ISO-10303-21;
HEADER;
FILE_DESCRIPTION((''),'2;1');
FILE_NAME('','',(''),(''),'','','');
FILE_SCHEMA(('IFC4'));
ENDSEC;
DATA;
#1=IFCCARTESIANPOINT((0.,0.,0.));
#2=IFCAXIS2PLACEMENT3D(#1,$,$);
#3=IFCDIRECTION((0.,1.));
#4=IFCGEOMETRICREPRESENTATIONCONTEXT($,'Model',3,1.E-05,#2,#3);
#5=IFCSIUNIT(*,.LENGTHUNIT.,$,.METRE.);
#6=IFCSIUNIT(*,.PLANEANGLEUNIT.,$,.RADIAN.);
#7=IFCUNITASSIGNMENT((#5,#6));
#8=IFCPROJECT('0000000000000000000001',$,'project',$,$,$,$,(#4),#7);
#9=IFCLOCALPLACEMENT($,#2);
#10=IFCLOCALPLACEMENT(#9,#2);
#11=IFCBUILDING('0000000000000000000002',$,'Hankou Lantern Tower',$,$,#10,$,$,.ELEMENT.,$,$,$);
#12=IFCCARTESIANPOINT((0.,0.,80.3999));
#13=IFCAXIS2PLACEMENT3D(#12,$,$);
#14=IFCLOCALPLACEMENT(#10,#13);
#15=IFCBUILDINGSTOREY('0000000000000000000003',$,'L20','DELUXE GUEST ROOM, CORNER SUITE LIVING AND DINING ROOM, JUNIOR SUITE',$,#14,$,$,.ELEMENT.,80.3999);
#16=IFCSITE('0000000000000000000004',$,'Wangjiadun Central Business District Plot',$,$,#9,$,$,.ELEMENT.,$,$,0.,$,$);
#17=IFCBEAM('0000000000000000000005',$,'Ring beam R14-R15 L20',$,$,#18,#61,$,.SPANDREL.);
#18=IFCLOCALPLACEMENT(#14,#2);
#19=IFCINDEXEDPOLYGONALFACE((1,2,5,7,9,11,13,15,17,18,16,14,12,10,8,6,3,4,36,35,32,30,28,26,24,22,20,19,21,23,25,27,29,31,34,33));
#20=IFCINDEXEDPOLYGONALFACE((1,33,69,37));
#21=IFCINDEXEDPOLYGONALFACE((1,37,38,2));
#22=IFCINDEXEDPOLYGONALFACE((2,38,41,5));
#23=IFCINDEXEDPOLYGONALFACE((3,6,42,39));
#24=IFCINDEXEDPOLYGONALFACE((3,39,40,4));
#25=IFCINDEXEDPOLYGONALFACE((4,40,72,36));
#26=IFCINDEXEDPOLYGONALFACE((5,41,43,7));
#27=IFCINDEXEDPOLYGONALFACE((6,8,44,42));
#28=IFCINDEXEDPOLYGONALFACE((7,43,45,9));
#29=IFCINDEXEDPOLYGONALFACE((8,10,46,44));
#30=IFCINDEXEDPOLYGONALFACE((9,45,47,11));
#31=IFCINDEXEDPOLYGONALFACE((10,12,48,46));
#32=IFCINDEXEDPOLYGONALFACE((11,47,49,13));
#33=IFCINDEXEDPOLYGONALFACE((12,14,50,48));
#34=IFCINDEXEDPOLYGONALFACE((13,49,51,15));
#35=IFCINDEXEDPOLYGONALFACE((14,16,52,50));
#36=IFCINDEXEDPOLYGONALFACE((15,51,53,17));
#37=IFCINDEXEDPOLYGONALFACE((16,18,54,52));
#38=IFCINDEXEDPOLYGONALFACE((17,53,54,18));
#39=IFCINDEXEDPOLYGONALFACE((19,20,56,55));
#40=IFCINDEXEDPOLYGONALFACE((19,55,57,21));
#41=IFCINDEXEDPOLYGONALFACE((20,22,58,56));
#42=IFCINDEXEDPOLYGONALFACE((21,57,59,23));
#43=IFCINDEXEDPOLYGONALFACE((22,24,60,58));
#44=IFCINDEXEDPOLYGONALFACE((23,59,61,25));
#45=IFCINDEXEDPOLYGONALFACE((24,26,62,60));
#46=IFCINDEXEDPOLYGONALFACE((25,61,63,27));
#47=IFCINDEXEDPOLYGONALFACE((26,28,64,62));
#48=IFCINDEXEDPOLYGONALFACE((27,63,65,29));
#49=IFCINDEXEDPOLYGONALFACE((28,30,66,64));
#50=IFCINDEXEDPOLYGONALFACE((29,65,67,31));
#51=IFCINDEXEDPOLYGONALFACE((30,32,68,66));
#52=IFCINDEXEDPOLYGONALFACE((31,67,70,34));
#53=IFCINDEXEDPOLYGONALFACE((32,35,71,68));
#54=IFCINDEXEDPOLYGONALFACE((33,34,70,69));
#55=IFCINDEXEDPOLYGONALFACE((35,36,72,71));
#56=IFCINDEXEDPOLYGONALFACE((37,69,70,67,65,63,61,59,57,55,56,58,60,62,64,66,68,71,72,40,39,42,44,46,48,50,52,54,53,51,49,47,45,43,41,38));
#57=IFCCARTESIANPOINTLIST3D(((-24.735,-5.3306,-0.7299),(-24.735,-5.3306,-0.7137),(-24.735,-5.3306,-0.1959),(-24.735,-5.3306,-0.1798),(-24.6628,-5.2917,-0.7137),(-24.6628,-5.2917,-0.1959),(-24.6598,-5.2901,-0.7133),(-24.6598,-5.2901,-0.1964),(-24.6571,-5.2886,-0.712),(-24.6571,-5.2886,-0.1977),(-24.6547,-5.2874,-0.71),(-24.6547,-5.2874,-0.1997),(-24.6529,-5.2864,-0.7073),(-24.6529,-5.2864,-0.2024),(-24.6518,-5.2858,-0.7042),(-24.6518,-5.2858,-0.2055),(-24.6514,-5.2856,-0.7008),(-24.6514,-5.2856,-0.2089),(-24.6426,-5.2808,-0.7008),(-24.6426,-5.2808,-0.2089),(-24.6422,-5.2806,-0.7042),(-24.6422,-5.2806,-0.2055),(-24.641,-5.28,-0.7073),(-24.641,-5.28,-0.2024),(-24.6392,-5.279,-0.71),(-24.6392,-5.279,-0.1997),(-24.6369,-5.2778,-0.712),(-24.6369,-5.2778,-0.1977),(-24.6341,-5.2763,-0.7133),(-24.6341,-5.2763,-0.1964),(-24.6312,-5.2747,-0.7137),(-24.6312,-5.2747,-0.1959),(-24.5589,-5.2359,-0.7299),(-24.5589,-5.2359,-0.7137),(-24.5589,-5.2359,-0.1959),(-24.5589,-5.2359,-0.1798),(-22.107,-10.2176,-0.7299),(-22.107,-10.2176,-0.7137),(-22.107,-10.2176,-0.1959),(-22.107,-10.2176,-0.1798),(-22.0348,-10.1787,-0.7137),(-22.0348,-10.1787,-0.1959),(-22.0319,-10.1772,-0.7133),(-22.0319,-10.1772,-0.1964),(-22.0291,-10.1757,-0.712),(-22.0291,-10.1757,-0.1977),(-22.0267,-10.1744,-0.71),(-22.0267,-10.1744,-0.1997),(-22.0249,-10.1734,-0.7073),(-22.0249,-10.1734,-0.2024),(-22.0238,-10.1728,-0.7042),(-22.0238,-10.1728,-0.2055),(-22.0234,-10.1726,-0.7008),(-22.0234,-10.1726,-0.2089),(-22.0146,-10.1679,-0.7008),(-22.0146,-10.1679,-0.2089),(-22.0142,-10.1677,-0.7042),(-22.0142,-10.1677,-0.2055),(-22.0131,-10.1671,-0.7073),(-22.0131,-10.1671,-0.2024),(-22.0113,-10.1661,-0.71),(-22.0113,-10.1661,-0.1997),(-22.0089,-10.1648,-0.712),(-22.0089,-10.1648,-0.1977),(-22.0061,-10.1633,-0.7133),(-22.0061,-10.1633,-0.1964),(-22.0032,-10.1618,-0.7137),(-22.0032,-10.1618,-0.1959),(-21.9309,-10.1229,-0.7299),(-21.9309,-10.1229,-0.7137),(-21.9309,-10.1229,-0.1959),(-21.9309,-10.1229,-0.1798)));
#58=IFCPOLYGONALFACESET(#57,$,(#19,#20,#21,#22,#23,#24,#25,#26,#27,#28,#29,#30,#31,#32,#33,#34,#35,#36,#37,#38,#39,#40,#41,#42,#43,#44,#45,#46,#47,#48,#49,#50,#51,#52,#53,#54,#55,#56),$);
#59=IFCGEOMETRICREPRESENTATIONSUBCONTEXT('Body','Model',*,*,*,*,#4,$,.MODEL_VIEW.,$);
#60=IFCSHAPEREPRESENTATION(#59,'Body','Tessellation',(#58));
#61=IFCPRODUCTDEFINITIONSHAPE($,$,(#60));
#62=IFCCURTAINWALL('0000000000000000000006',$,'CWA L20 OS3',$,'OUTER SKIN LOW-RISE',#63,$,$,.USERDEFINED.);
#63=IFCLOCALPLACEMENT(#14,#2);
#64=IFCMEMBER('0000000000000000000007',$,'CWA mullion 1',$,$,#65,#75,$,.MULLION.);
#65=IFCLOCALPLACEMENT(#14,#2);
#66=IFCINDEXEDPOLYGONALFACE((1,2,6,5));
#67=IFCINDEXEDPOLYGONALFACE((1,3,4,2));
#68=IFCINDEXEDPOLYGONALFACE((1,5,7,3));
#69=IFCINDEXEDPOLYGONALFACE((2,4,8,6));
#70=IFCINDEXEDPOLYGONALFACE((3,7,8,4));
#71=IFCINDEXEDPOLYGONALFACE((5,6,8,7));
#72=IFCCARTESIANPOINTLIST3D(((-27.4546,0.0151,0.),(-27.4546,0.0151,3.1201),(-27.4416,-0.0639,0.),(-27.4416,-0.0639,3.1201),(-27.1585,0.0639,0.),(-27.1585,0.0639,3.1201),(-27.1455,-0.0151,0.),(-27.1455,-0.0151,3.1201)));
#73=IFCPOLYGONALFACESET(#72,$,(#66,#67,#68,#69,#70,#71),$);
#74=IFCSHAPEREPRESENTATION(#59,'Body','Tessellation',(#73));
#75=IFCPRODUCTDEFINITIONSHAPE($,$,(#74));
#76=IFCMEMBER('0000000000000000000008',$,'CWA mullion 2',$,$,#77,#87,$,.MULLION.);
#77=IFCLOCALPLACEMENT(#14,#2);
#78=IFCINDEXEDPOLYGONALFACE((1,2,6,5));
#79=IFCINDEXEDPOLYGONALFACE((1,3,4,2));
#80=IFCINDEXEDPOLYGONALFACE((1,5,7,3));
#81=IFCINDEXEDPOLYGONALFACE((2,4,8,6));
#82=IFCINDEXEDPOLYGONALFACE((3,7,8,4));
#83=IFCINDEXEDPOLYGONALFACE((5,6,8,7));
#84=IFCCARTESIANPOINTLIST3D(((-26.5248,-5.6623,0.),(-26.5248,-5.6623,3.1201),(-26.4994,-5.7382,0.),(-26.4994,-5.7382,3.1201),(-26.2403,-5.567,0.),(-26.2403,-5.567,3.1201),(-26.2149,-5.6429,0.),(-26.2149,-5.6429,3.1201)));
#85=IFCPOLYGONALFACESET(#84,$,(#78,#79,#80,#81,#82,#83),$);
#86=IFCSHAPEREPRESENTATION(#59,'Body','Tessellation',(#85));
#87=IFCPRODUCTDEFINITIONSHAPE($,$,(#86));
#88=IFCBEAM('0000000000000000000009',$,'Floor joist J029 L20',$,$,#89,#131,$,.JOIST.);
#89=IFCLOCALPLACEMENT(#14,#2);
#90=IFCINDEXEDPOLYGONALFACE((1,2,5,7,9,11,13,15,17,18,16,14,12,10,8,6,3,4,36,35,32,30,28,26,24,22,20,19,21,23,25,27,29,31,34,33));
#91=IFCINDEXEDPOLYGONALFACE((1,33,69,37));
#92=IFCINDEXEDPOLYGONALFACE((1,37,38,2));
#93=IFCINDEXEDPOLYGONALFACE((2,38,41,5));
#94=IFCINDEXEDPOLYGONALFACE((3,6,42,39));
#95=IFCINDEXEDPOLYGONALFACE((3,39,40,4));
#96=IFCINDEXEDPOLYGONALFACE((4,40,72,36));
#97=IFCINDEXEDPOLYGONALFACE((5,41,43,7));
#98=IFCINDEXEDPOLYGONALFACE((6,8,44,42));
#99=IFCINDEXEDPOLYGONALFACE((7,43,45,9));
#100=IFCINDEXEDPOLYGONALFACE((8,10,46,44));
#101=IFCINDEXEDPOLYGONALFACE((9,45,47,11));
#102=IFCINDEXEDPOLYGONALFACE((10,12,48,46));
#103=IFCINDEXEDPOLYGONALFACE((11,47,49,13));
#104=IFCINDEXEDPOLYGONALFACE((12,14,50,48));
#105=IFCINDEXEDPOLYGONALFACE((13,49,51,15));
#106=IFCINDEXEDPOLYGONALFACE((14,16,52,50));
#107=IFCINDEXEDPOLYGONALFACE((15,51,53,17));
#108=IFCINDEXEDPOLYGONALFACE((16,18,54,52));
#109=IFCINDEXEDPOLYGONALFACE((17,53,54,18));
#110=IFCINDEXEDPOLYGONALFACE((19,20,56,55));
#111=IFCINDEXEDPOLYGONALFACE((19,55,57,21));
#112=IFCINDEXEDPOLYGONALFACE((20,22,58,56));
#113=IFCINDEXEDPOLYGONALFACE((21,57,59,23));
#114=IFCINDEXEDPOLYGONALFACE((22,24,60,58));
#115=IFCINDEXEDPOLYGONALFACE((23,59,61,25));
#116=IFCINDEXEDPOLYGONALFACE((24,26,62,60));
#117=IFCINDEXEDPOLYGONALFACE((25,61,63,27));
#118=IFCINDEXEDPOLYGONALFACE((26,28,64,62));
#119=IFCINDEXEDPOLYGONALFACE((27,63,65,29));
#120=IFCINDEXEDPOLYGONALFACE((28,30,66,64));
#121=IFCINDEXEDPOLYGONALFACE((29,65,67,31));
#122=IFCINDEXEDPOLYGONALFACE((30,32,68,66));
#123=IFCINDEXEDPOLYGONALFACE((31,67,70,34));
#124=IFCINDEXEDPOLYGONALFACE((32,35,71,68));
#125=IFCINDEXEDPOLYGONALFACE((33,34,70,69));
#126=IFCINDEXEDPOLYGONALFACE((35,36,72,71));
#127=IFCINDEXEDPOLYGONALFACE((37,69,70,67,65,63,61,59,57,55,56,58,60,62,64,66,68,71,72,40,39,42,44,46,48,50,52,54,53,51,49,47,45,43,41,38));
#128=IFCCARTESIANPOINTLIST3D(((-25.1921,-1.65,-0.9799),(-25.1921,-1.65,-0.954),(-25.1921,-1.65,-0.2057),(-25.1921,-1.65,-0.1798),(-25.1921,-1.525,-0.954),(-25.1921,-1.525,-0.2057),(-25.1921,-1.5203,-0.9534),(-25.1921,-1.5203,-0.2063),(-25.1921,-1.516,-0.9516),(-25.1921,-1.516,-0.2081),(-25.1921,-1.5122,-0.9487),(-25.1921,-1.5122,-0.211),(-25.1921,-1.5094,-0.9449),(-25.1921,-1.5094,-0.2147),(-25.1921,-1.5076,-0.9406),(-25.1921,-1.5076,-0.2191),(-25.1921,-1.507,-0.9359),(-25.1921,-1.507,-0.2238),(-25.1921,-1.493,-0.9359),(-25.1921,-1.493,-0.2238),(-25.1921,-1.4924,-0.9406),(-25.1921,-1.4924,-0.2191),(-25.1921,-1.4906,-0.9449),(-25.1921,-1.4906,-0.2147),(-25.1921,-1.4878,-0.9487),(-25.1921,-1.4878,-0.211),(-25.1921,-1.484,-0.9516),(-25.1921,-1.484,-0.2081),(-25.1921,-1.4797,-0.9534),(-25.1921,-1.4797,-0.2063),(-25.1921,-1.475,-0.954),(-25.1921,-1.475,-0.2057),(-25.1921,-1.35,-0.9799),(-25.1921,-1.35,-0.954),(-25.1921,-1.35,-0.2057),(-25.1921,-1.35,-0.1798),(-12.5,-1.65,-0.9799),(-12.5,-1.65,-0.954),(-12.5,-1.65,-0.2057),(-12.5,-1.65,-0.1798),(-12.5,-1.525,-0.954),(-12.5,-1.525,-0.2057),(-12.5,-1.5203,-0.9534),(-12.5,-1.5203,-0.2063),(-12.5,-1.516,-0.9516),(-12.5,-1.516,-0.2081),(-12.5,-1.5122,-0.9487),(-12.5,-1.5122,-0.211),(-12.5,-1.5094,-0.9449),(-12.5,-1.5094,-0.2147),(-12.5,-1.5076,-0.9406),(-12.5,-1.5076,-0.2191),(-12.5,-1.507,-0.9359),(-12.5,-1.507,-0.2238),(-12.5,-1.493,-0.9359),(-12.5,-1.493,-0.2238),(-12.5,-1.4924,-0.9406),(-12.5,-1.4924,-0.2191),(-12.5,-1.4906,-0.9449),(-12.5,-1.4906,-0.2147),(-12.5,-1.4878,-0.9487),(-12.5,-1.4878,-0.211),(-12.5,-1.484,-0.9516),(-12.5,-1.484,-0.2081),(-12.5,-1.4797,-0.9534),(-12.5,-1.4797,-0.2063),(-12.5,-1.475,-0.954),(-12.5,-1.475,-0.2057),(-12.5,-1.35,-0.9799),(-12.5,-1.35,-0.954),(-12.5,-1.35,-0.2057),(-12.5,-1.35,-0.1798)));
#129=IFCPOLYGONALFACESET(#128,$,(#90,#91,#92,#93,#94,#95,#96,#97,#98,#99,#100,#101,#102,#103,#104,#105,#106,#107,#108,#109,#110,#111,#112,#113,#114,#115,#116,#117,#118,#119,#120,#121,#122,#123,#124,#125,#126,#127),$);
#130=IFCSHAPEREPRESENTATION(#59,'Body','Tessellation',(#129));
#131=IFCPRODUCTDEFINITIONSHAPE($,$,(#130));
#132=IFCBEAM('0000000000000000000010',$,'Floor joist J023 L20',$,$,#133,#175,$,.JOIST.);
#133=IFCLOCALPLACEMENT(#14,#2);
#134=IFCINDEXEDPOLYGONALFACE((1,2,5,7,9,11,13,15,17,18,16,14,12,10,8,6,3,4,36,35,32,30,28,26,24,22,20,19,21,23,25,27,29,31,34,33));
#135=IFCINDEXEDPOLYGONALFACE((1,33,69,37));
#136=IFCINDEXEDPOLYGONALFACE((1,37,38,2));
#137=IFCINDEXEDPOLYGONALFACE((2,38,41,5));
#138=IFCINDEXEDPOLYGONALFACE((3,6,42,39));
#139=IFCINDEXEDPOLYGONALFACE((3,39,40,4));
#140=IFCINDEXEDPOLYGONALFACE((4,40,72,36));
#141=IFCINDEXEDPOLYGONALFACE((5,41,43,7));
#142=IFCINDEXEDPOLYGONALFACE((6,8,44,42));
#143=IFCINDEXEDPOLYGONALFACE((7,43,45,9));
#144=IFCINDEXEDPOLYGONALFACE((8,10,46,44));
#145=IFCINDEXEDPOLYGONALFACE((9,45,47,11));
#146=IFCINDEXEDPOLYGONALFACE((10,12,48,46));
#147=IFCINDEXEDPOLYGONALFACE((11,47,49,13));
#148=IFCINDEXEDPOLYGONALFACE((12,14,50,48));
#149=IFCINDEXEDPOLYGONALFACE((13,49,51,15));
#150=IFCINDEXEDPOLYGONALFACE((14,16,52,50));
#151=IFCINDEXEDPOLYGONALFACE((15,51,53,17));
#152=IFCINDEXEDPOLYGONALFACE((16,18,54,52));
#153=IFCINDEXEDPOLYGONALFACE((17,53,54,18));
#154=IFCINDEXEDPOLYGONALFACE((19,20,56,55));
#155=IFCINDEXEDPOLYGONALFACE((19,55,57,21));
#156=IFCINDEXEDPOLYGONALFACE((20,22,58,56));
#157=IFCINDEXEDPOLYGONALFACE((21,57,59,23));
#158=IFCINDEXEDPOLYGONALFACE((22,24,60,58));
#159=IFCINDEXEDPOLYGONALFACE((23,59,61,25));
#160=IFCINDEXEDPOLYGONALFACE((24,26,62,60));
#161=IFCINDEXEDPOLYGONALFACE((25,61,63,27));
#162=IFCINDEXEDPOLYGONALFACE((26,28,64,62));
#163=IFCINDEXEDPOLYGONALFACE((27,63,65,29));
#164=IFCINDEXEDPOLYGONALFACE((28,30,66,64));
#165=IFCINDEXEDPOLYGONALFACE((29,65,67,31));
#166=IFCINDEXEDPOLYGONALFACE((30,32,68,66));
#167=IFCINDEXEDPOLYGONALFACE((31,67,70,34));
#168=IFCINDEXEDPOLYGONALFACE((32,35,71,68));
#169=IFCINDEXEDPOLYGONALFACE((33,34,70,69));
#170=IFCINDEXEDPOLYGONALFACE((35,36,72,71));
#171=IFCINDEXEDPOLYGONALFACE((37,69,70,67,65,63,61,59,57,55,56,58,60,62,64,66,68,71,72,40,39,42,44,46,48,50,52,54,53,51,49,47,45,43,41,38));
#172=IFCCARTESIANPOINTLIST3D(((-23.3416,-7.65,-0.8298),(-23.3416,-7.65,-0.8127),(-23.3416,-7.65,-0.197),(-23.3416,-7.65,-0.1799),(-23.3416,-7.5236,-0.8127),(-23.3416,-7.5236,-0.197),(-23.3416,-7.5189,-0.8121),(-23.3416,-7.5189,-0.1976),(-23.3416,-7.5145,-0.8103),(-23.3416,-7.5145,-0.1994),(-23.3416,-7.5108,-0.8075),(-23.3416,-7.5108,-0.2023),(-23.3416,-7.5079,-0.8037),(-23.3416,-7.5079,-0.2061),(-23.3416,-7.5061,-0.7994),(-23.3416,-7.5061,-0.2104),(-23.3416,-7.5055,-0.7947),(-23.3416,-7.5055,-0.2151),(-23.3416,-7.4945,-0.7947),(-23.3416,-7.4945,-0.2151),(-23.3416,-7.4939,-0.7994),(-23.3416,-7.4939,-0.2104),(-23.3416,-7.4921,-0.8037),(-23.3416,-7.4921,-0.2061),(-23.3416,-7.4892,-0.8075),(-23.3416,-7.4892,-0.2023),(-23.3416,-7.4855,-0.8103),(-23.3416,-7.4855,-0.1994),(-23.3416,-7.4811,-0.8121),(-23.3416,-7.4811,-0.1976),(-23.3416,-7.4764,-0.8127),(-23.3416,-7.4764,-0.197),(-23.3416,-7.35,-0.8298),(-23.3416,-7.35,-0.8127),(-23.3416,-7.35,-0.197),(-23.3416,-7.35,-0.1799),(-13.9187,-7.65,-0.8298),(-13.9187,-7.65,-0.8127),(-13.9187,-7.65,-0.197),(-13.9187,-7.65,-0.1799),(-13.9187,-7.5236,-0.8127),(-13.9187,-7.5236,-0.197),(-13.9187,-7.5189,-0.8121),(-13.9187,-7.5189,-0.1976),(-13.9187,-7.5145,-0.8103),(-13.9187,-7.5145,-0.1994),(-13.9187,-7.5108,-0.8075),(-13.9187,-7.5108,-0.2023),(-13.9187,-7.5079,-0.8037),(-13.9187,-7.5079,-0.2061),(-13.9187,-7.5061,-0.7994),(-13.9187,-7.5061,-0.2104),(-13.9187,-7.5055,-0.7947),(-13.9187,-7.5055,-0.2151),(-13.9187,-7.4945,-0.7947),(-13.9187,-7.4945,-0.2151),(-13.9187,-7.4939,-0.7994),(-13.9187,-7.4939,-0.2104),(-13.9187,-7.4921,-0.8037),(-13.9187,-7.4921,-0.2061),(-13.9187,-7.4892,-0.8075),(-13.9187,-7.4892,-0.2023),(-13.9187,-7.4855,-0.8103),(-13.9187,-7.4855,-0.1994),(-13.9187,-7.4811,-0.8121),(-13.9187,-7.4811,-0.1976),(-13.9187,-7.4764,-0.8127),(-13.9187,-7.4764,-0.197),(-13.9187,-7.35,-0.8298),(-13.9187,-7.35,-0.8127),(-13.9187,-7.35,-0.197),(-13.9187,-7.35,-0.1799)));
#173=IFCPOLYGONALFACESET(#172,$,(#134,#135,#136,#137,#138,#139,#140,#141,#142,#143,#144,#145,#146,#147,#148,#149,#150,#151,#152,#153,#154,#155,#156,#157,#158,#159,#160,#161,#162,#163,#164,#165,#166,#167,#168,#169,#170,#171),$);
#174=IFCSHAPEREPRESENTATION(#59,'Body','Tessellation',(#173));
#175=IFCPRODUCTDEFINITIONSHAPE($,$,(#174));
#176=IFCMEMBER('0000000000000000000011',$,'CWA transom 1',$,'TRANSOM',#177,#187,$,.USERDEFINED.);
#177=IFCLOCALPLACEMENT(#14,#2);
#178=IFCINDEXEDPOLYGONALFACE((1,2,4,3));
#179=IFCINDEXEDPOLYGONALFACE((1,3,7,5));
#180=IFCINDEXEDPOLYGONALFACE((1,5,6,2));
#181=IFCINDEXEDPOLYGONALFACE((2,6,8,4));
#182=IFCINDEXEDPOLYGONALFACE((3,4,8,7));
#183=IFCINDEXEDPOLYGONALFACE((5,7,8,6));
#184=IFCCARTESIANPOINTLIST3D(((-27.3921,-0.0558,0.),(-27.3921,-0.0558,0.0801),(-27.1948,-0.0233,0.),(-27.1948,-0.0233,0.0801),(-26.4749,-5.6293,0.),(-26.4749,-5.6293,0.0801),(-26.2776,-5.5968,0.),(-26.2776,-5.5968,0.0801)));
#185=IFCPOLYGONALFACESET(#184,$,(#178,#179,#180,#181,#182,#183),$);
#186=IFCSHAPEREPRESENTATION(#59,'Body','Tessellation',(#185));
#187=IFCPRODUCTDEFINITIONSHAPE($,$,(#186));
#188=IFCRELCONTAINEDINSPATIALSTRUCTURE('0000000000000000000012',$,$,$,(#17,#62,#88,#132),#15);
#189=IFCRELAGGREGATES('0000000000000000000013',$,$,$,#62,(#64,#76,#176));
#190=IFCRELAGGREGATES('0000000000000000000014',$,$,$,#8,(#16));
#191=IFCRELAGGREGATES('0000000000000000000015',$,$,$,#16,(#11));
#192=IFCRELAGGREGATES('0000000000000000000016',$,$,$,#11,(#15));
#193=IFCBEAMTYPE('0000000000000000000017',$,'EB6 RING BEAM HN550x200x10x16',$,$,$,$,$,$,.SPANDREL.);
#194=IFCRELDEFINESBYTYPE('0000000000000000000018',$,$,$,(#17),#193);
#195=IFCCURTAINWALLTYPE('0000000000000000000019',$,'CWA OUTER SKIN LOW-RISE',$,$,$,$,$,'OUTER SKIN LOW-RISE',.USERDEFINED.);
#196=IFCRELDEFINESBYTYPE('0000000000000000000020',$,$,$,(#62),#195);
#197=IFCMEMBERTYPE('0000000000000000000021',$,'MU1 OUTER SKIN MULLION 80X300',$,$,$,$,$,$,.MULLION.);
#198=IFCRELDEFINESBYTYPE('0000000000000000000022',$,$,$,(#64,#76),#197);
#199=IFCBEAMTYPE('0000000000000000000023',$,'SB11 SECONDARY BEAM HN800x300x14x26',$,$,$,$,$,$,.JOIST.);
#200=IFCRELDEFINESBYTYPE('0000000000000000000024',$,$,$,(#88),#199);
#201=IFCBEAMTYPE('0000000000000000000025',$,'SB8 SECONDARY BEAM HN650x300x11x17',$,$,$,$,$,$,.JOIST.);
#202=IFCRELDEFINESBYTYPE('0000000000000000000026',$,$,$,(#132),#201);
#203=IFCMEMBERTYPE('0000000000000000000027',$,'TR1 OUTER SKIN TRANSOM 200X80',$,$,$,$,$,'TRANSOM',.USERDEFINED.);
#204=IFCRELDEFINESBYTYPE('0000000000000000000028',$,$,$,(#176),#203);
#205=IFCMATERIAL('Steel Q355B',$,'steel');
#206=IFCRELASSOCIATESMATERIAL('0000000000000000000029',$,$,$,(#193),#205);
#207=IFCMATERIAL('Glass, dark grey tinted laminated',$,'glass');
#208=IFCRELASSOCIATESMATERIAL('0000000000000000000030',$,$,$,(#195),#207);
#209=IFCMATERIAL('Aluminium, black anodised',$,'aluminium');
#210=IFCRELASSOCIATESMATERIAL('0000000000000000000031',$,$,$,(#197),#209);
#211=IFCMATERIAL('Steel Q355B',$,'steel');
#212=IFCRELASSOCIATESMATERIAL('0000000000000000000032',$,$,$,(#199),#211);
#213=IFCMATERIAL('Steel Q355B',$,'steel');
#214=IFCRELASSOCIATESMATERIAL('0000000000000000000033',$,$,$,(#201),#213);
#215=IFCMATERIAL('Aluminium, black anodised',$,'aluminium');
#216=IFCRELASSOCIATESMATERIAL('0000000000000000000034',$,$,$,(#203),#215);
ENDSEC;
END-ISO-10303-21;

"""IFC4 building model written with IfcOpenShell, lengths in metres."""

from ifc_helpers import new_model, si_unit, direction, frame, origin, origin_2d, place, context, subcontext, project, spatial, rectangle, i_section, extrude, material, material_profile, profile_set, type_object, element, aggregate, save


model = new_model("IFC4")

# Units and contexts
model_context = context("Model", 3, precision=1e-05, world=origin(), true_north=direction((0.0, 1.0)))
body_context = subcontext(model_context, "Body", "Model", "MODEL_VIEW")
ifc_project = project(units=[si_unit("LENGTHUNIT", "METRE"), si_unit("PLANEANGLEUNIT", "RADIAN")], contexts=[model_context])

# Site, building, storey
site_placement = place(None, origin())
site = spatial("IfcSite", under=ifc_project, at=site_placement, Name="Wangjiadun Central Business District Plot", CompositionType="ELEMENT", RefElevation=0.0)
building_placement = place(site_placement, origin())
building = spatial("IfcBuilding", under=site, at=building_placement, Name="Hankou Lantern Tower", CompositionType="ELEMENT")
storey_placement = place(building_placement, frame((0.0, 0.0, 80.3999)))
storey = spatial("IfcBuildingStorey", under=building, at=storey_placement, Name="L20", Description="DELUXE GUEST ROOM, CORNER SUITE LIVING AND DINING ROOM, JUNIOR SUITE", CompositionType="ELEMENT", Elevation=80.3999)

# Beam
ifc_material_1 = material(Name="Steel Q355B", Category="steel")
ifc_material_profile_1 = material_profile(ifc_material_1, i_section(OverallWidth=0.2, OverallDepth=0.55, WebThickness=0.01, FlangeThickness=0.0161, FilletRadius=0.0129, at=origin_2d()), Name="HN550x200x10x16")
ifc_profile_set_1 = profile_set([ifc_material_profile_1], Name="Steel Q355B")
beam_type_1 = type_object("IfcBeamType", Name="EB6 RING BEAM HN550x200x10x16", PredefinedType="SPANDREL", material=ifc_profile_set_1)
beam_1_placement = place(storey_placement, frame((-24.647, -5.2832, -0.4548), z_axis=(0.473609, -0.880735, 0.0), x_axis=(0.880735, 0.473609, 0.0)))
element("IfcBeam", 1, at=beam_1_placement, inside=storey, type_object=beam_type_1, Name="Ring beam R14-R15 L20", PredefinedType="SPANDREL", context=body_context, shape_type="SweptSolid", body=[
    extrude(i_section(OverallWidth=0.2, OverallDepth=0.55, WebThickness=0.01, FlangeThickness=0.0161, FilletRadius=0.0129, at=origin_2d()), origin(), (0.0, 0.0, 1.0), 5.5488),
])

# Curtain wall, members
ifc_material_2 = material(Name="Glass, dark grey tinted laminated", Category="glass")
curtain_wall_type = type_object("IfcCurtainWallType", Name="CWA OUTER SKIN LOW-RISE", ElementType="OUTER SKIN LOW-RISE", PredefinedType="USERDEFINED", material=ifc_material_2)
curtain_wall_placement = place(storey_placement, origin())
curtain_wall = element("IfcCurtainWall", 2, at=curtain_wall_placement, inside=storey, type_object=curtain_wall_type, Name="CWA L20 OS3", ObjectType="OUTER SKIN LOW-RISE", PredefinedType="USERDEFINED")
ifc_material_3 = material(Name="Aluminium, black anodised", Category="aluminium")
ifc_material_profile_2 = material_profile(ifc_material_3, rectangle(XDim=0.0801, YDim=0.3, at=origin_2d()), Name="MU1 80X300")
ifc_profile_set_2 = profile_set([ifc_material_profile_2], Name="Aluminium, black anodised")
member_type_1 = type_object("IfcMemberType", Name="MU1 OUTER SKIN MULLION 80X300", PredefinedType="MULLION", material=ifc_profile_set_2)
member_1_placement = place(storey_placement, frame((-27.3, 0.0, 0.0), z_axis=(0.0, 0.0, 1.0), x_axis=(0.162382, -0.986728, 0.0)))
member_1 = element("IfcMember", 3, at=member_1_placement, type_object=member_type_1, Name="CWA mullion 1", PredefinedType="MULLION", context=body_context, shape_type="SweptSolid", body=[
    extrude(rectangle(XDim=0.0801, YDim=0.3, at=origin_2d()), origin(), (0.0, 0.0, 1.0), 3.1201),
])
member_2_placement = place(storey_placement, frame((-26.3699, -5.6526, 0.0), z_axis=(0.0, 0.0, 1.0), x_axis=(0.317596, -0.948226, 0.0)))
member_2 = element("IfcMember", 4, at=member_2_placement, type_object=member_type_1, Name="CWA mullion 2", PredefinedType="MULLION", context=body_context, shape_type="SweptSolid", body=[
    extrude(rectangle(XDim=0.0801, YDim=0.3, at=origin_2d()), origin(), (0.0, 0.0, 1.0), 3.1201),
])

# Beams
ifc_material_4 = material(Name="Steel Q355B", Category="steel")
ifc_material_profile_3 = material_profile(ifc_material_4, i_section(OverallWidth=0.3, OverallDepth=0.8, WebThickness=0.0139, FlangeThickness=0.0259, FilletRadius=0.0181, at=origin_2d()), Name="HN800x300x14x26")
ifc_profile_set_3 = profile_set([ifc_material_profile_3], Name="Steel Q355B")
beam_type_2 = type_object("IfcBeamType", Name="SB11 SECONDARY BEAM HN800x300x14x26", PredefinedType="JOIST", material=ifc_profile_set_3)
beam_2_placement = place(storey_placement, frame((-25.1921, -1.5, -0.5798), z_axis=(1.0, 0.0, 0.0), x_axis=(0.0, 1.0, 0.0)))
element("IfcBeam", 5, at=beam_2_placement, inside=storey, type_object=beam_type_2, Name="Floor joist J029 L20", PredefinedType="JOIST", context=body_context, shape_type="SweptSolid", body=[
    extrude(i_section(OverallWidth=0.3, OverallDepth=0.8, WebThickness=0.0139, FlangeThickness=0.0259, FilletRadius=0.0181, at=origin_2d()), origin(), (0.0, 0.0, 1.0), 12.6921),
])
ifc_material_5 = material(Name="Steel Q355B", Category="steel")
ifc_material_profile_4 = material_profile(ifc_material_5, i_section(OverallWidth=0.3, OverallDepth=0.6499, WebThickness=0.011, FlangeThickness=0.0171, FilletRadius=0.0181, at=origin_2d()), Name="HN650x300x11x17")
ifc_profile_set_4 = profile_set([ifc_material_profile_4], Name="Steel Q355B")
beam_type_3 = type_object("IfcBeamType", Name="SB8 SECONDARY BEAM HN650x300x11x17", PredefinedType="JOIST", material=ifc_profile_set_4)
beam_3_placement = place(storey_placement, frame((-23.3416, -7.5, -0.5049), z_axis=(1.0, 0.0, 0.0), x_axis=(0.0, 1.0, 0.0)))
element("IfcBeam", 6, at=beam_3_placement, inside=storey, type_object=beam_type_3, Name="Floor joist J023 L20", PredefinedType="JOIST", context=body_context, shape_type="SweptSolid", body=[
    extrude(i_section(OverallWidth=0.3, OverallDepth=0.6499, WebThickness=0.011, FlangeThickness=0.0171, FilletRadius=0.0181, at=origin_2d()), origin(), (0.0, 0.0, 1.0), 9.4229),
])

# Member
ifc_material_6 = material(Name="Aluminium, black anodised", Category="aluminium")
ifc_material_profile_5 = material_profile(ifc_material_6, rectangle(XDim=0.2, YDim=0.0801, at=origin_2d()), Name="TR1 200X80")
ifc_profile_set_5 = profile_set([ifc_material_profile_5], Name="Aluminium, black anodised")
member_type_2 = type_object("IfcMemberType", Name="TR1 OUTER SKIN TRANSOM 200X80", ElementType="TRANSOM", PredefinedType="USERDEFINED", material=ifc_profile_set_5)
member_3_placement = place(storey_placement, frame((-27.2935, -0.0396, 0.04), z_axis=(0.162387, -0.986727, 0.0), x_axis=(0.986727, 0.162387, 0.0)))
member_3 = element("IfcMember", 7, at=member_3_placement, type_object=member_type_2, Name="CWA transom 1", ObjectType="TRANSOM", PredefinedType="USERDEFINED", context=body_context, shape_type="SweptSolid", body=[
    extrude(rectangle(XDim=0.2, YDim=0.0801, at=origin_2d()), origin(), (0.0, 0.0, 1.0), 5.6484),
])

aggregate(curtain_wall, [member_1, member_2, member_3])

save(model, "model.ifc")
